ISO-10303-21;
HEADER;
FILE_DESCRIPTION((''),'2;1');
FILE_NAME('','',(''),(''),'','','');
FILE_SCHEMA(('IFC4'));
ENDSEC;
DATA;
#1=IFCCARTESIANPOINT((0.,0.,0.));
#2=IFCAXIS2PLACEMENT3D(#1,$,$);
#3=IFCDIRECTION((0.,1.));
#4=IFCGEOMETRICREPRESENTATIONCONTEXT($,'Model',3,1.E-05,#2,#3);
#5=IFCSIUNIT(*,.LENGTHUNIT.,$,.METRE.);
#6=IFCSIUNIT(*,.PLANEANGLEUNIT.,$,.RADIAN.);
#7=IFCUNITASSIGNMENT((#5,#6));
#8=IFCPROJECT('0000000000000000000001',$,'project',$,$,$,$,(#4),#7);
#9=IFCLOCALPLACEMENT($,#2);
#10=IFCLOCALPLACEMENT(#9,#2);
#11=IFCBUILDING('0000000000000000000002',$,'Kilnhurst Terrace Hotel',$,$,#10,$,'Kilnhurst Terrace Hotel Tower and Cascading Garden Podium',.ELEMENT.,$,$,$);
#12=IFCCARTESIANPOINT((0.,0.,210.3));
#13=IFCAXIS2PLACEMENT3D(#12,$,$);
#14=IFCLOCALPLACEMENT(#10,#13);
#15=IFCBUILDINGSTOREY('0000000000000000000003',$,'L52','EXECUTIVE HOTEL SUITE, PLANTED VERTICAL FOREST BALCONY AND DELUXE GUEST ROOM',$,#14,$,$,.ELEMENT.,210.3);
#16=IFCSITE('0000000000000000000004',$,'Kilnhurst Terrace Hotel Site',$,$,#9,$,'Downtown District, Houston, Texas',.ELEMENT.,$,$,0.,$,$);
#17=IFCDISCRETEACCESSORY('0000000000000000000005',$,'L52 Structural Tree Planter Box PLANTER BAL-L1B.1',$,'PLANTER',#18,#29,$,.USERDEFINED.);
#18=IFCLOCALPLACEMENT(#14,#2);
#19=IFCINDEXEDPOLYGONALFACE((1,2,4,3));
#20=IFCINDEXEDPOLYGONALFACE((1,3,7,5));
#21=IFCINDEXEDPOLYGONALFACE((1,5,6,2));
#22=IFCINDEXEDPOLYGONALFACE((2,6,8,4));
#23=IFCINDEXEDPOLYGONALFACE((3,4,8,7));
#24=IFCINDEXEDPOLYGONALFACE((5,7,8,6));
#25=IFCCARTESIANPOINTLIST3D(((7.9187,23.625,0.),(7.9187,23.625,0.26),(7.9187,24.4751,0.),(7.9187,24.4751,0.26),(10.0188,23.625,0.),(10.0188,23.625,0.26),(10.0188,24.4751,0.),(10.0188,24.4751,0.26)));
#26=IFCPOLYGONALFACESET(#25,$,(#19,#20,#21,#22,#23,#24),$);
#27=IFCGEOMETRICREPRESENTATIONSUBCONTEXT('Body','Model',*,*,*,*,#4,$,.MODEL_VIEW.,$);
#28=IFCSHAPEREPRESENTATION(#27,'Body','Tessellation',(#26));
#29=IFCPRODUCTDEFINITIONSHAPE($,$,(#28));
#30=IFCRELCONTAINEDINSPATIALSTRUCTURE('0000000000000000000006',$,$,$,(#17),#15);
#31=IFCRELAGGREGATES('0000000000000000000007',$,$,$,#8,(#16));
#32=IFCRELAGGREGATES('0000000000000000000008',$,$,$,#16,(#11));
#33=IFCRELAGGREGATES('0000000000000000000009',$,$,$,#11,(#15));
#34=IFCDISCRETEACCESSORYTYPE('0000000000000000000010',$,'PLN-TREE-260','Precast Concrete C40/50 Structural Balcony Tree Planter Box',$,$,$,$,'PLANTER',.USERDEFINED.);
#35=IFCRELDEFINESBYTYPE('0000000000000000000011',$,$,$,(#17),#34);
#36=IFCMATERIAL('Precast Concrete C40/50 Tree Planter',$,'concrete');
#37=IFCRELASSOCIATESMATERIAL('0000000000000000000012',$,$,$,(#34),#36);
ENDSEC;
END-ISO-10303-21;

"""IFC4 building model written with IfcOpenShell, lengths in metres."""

from ifc_helpers import new_model, si_unit, direction, frame, origin, origin_2d, place, context, subcontext, project, spatial, rectangle, extrude, material, type_object, element, save


model = new_model("IFC4")

# Units and contexts
model_context = context("Model", 3, precision=1e-05, world=origin(), true_north=direction((0.0, 1.0)))
body_context = subcontext(model_context, "Body", "Model", "MODEL_VIEW")
ifc_project = project(units=[si_unit("LENGTHUNIT", "METRE"), si_unit("PLANEANGLEUNIT", "RADIAN")], contexts=[model_context])

# Site, building, storey
site_placement = place(None, origin())
site = spatial("IfcSite", under=ifc_project, at=site_placement, Name="Kilnhurst Terrace Hotel Site", LongName="Downtown District, Houston, Texas", CompositionType="ELEMENT", RefElevation=0.0)
building_placement = place(site_placement, origin())
building = spatial("IfcBuilding", under=site, at=building_placement, Name="Kilnhurst Terrace Hotel", LongName="Kilnhurst Terrace Hotel Tower and Cascading Garden Podium", CompositionType="ELEMENT")
storey_placement = place(building_placement, frame((0.0, 0.0, 210.3)))
storey = spatial("IfcBuildingStorey", under=building, at=storey_placement, Name="L52", Description="EXECUTIVE HOTEL SUITE, PLANTED VERTICAL FOREST BALCONY AND DELUXE GUEST ROOM", CompositionType="ELEMENT", Elevation=210.3)

# Discrete accessory
ifc_material_1 = material(Name="Precast Concrete C40/50 Tree Planter", Category="concrete")
discrete_accessory_type_1 = type_object("IfcDiscreteAccessoryType", Name="PLN-TREE-260", Description="Precast Concrete C40/50 Structural Balcony Tree Planter Box", ElementType="PLANTER", PredefinedType="USERDEFINED", material=ifc_material_1)
discrete_accessory_1_placement = place(storey_placement, frame((8.9688, 24.05, 0.0), z_axis=(0.0, 0.0, 1.0), x_axis=(-1.0, 0.0, 0.0)))
element("IfcDiscreteAccessory", 1, at=discrete_accessory_1_placement, inside=storey, type_object=discrete_accessory_type_1, Name="L52 Structural Tree Planter Box PLANTER BAL-L1B.1", ObjectType="PLANTER", PredefinedType="USERDEFINED", context=body_context, shape_type="SweptSolid", body=[
    extrude(rectangle(XDim=2.1001, YDim=0.8501, at=origin_2d()), origin(), (0.0, 0.0, 1.0), 0.26),
])

save(model, "model.ifc")
